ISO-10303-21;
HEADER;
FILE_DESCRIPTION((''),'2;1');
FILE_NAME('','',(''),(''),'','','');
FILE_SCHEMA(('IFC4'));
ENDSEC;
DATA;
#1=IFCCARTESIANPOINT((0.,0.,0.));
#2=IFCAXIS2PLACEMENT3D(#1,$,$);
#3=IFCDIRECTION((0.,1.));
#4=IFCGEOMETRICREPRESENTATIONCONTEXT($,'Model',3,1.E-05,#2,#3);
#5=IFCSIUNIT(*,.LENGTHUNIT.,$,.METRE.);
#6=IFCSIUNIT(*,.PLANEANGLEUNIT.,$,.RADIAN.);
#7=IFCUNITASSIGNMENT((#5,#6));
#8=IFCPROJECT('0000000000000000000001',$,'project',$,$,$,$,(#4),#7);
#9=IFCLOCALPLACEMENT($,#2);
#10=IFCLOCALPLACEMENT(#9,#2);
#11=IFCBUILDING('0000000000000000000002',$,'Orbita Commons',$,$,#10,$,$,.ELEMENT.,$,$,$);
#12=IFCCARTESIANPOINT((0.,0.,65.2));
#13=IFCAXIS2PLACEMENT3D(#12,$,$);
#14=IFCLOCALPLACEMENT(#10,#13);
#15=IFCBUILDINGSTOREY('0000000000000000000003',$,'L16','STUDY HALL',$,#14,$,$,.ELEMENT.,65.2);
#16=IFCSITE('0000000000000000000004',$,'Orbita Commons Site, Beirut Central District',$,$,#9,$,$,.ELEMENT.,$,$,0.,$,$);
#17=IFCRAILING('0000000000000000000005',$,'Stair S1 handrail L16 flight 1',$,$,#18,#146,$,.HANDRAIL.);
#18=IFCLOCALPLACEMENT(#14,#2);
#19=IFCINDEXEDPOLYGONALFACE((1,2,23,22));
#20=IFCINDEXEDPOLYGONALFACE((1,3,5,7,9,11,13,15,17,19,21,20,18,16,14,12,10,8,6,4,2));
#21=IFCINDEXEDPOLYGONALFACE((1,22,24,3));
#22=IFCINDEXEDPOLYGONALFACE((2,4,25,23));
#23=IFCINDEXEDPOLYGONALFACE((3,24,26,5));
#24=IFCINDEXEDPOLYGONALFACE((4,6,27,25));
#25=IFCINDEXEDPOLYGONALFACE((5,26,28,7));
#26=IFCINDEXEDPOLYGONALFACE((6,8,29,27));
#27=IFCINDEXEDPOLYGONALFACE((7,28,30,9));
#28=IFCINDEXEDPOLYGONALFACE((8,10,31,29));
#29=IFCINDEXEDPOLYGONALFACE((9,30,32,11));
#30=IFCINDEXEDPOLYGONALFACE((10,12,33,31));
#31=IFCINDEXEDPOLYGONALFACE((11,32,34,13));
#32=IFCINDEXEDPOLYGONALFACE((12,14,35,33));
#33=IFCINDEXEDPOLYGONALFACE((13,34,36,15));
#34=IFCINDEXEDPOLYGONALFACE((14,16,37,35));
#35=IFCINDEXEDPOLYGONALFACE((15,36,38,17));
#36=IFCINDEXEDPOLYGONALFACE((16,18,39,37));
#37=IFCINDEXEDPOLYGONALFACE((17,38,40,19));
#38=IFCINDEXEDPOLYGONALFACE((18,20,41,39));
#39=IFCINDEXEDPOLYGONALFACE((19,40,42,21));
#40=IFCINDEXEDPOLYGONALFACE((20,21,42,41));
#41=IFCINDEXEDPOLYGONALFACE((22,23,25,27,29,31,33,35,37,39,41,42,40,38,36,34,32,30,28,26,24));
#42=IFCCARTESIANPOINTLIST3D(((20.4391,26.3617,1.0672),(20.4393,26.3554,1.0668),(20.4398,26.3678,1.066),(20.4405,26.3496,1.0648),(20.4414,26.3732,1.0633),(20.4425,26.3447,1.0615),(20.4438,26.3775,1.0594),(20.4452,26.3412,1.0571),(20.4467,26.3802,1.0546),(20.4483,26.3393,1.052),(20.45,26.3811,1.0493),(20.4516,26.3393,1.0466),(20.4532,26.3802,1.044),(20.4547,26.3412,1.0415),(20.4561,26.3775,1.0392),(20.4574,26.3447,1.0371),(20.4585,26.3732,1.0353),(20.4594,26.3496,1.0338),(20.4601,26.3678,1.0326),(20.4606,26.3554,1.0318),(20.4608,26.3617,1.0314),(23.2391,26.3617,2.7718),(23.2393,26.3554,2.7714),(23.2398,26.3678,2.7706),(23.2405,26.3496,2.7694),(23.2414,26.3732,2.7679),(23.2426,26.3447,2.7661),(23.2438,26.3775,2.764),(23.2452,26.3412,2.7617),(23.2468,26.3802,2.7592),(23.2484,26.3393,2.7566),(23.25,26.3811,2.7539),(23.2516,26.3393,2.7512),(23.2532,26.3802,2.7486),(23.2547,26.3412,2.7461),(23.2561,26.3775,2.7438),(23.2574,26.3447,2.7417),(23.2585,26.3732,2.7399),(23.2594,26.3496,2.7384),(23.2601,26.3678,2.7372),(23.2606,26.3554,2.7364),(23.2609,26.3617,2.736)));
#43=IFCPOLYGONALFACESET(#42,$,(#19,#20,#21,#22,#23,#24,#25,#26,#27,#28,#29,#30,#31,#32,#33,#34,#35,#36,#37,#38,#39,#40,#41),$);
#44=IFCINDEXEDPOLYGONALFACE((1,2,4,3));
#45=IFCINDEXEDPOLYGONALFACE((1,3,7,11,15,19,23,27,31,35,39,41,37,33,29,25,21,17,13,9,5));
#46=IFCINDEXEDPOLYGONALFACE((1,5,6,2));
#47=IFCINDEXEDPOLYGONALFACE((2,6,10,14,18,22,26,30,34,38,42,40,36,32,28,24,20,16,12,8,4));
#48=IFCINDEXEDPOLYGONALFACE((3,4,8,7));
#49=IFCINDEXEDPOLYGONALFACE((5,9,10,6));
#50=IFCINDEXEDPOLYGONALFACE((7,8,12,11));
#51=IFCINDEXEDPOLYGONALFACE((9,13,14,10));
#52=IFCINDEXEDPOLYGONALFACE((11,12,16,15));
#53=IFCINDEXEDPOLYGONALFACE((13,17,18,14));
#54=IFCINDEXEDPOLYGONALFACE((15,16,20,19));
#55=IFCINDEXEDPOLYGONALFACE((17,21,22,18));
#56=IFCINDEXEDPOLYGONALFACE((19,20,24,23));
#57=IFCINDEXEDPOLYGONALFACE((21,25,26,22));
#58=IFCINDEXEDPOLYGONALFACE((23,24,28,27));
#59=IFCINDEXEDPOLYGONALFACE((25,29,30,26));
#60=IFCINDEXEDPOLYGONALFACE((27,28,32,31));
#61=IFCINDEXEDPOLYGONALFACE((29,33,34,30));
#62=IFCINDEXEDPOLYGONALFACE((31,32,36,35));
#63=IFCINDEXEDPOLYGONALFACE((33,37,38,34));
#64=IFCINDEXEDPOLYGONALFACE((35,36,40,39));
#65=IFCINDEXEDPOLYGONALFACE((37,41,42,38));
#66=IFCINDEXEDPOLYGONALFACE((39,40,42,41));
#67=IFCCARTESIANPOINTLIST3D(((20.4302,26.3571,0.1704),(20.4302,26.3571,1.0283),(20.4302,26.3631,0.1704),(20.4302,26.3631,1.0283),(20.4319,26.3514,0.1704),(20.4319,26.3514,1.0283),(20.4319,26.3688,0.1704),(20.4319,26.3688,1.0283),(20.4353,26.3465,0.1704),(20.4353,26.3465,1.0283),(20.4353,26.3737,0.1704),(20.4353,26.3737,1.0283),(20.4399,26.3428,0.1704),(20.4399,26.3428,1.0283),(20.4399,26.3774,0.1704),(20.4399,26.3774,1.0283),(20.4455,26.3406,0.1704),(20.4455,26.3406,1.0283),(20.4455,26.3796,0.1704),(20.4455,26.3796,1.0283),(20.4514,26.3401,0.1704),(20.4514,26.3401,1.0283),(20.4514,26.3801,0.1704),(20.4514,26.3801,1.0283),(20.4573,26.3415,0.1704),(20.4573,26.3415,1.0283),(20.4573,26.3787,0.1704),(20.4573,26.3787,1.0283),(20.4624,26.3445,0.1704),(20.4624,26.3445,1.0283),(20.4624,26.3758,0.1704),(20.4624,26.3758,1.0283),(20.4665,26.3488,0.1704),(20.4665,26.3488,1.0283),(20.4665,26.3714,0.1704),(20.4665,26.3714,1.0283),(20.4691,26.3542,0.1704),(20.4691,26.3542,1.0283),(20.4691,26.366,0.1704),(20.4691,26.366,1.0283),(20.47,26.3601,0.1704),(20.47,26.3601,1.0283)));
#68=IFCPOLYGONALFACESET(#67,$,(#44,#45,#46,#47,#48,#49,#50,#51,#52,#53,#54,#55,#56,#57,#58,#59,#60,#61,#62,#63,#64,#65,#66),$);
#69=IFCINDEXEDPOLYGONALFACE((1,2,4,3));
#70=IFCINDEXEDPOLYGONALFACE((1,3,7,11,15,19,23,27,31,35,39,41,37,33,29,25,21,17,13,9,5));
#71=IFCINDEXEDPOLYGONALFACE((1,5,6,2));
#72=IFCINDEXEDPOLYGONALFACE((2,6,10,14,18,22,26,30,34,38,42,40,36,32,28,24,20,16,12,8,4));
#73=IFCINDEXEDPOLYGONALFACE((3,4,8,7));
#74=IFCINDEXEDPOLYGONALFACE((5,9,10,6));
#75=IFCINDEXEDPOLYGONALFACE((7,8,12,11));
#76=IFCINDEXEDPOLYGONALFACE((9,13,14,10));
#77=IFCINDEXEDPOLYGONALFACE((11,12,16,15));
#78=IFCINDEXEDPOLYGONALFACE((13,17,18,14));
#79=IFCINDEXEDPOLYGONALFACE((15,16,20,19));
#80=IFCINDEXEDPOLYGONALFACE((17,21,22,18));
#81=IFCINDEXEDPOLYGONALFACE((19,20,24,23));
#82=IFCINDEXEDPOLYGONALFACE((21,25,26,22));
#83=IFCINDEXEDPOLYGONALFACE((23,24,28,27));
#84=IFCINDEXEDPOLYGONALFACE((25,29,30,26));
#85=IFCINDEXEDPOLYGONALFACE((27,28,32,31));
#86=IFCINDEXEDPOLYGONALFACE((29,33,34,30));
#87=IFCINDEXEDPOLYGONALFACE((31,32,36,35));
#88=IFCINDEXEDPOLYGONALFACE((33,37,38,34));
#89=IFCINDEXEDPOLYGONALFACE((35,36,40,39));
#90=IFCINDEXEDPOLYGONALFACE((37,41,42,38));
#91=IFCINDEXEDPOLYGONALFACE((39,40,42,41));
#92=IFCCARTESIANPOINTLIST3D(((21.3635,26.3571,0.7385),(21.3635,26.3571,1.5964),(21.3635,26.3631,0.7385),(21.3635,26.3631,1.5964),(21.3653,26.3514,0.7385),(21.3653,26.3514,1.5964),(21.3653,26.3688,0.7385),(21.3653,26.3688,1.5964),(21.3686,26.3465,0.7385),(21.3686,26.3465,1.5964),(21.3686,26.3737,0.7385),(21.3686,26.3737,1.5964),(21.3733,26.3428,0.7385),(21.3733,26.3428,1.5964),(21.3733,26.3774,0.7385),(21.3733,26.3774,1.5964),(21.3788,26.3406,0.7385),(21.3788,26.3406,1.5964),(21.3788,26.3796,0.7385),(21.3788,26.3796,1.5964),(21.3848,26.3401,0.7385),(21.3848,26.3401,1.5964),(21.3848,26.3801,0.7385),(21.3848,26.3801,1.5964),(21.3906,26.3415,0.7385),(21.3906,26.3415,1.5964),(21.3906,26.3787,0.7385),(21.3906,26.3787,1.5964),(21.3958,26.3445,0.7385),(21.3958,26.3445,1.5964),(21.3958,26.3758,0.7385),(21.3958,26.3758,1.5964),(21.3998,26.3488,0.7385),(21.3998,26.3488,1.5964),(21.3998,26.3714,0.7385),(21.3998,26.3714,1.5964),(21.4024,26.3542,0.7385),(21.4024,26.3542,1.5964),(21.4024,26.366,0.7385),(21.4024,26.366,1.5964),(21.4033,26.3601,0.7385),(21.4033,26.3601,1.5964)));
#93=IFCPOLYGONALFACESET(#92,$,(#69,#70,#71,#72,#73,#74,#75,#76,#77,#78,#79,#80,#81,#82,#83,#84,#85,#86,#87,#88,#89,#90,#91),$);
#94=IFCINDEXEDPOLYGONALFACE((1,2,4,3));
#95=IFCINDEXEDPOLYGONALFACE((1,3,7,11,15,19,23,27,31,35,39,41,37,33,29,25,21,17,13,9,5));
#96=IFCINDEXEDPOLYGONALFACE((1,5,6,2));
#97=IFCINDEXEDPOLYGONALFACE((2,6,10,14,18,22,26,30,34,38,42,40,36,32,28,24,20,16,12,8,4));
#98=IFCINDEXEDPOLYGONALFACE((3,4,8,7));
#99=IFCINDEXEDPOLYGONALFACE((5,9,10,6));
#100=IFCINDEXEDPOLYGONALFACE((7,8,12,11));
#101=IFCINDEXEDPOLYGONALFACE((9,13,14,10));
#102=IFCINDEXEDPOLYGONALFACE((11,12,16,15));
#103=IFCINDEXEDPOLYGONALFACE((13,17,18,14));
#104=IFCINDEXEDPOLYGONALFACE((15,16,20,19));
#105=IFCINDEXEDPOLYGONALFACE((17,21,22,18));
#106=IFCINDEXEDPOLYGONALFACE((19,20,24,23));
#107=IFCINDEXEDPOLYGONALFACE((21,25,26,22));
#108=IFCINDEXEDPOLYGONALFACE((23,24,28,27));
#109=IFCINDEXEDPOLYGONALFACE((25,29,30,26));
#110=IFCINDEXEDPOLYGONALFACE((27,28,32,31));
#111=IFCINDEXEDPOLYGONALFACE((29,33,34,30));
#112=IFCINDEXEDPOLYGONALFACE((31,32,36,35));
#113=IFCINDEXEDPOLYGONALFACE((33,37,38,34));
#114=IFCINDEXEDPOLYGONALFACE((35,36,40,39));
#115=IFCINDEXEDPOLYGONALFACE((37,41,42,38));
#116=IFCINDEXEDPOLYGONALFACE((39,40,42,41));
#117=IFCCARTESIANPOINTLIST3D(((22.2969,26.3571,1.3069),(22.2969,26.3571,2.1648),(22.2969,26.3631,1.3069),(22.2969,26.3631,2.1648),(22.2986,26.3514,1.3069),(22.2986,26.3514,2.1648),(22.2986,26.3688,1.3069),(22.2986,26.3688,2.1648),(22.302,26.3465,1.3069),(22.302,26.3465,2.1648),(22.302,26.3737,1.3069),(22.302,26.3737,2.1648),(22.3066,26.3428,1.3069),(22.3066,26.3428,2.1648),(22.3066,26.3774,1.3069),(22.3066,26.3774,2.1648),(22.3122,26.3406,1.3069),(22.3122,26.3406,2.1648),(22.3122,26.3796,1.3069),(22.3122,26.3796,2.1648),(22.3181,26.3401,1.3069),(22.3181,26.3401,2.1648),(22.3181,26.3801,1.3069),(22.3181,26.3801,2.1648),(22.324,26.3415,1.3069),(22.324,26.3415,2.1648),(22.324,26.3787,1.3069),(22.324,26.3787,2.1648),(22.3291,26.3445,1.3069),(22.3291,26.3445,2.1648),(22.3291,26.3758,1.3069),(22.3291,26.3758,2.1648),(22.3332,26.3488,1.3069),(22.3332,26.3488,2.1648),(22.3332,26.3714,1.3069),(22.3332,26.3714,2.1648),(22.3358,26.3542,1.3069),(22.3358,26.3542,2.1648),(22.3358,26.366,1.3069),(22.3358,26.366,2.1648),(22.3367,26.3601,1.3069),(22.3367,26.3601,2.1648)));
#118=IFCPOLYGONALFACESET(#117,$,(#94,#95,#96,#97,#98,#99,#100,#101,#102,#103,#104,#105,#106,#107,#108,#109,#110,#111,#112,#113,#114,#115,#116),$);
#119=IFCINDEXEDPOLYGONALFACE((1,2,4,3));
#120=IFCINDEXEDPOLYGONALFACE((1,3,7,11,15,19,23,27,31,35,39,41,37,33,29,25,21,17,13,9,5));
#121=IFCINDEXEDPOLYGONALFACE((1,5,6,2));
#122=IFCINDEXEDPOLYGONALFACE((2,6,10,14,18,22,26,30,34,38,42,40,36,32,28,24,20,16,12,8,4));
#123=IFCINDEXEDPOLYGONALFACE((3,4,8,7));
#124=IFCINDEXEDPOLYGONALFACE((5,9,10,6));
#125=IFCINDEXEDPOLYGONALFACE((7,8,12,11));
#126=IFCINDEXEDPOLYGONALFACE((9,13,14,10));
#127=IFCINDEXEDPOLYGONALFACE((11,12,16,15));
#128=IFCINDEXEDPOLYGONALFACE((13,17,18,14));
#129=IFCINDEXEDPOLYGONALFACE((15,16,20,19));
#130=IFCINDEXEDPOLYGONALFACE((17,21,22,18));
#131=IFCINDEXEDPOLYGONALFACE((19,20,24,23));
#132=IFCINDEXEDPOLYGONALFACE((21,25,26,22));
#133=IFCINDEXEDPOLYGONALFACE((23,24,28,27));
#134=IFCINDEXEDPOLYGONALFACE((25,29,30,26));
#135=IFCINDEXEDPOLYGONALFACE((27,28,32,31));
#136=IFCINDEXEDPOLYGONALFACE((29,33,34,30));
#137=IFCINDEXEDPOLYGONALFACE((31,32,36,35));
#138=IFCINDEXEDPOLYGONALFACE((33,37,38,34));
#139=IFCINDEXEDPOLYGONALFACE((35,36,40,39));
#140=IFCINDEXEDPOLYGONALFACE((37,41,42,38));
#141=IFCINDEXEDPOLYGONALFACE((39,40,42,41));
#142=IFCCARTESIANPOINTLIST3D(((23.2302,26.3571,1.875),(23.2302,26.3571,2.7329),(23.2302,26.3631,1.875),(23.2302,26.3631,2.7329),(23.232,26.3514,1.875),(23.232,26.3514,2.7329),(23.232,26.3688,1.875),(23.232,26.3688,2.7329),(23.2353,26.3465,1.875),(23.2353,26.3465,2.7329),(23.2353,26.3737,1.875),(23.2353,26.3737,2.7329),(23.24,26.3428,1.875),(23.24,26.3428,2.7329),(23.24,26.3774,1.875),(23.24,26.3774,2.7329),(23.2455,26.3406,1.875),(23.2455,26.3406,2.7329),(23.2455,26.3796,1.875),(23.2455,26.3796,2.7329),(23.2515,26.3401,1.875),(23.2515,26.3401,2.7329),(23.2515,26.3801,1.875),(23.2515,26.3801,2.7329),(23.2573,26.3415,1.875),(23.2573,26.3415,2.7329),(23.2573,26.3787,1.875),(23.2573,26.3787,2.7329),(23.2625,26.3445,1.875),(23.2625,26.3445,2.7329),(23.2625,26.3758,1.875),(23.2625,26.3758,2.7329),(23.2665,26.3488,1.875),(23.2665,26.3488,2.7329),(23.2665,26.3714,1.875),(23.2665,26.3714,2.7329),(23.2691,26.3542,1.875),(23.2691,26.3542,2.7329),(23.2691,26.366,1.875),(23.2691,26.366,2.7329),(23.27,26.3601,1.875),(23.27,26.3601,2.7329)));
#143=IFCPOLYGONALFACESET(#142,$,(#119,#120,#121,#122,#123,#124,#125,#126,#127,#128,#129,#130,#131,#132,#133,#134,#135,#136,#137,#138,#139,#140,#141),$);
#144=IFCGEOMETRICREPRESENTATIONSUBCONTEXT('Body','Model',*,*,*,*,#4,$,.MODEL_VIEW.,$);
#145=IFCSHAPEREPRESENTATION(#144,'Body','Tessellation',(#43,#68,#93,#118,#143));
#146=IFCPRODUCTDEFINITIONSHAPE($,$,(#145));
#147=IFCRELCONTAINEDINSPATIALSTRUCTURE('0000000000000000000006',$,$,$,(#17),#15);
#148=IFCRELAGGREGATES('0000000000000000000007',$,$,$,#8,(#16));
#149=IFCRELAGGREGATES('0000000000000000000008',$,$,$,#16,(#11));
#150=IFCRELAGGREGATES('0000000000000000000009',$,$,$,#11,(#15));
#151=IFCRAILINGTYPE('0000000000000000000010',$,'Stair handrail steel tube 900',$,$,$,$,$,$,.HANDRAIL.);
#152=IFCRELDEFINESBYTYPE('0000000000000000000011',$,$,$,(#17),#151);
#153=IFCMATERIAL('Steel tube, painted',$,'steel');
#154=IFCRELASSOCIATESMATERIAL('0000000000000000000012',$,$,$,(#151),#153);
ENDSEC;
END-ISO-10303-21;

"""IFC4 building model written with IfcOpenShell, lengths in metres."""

from ifc_helpers import new_model, si_unit, direction, frame, origin, origin_2d, place, context, subcontext, project, spatial, circle, extrude, material, type_object, element, save


model = new_model("IFC4")

# Units and contexts
model_context = context("Model", 3, precision=1e-05, world=origin(), true_north=direction((0.0, 1.0)))
body_context = subcontext(model_context, "Body", "Model", "MODEL_VIEW")
ifc_project = project(units=[si_unit("LENGTHUNIT", "METRE"), si_unit("PLANEANGLEUNIT", "RADIAN")], contexts=[model_context])

# Site, building, storey
site_placement = place(None, origin())
site = spatial("IfcSite", under=ifc_project, at=site_placement, Name="Orbita Commons Site, Beirut Central District", CompositionType="ELEMENT", RefElevation=0.0)
building_placement = place(site_placement, origin())
building = spatial("IfcBuilding", under=site, at=building_placement, Name="Orbita Commons", CompositionType="ELEMENT")
storey_placement = place(building_placement, frame((0.0, 0.0, 65.2)))
storey = spatial("IfcBuildingStorey", under=building, at=storey_placement, Name="L16", Description="STUDY HALL", CompositionType="ELEMENT", Elevation=65.2)

# Railing
ifc_material_1 = material(Name="Steel tube, painted", Category="steel")
railing_type = type_object("IfcRailingType", Name="Stair handrail steel tube 900", PredefinedType="HANDRAIL", material=ifc_material_1)
for number, where, name in (
    (1, (20.45, 26.3601, 0.1704), "Stair S1 handrail L16 flight 1"),
):
    element("IfcRailing", number, at=place(storey_placement, frame(where)), inside=storey, type_object=railing_type, Name=name, PredefinedType="HANDRAIL", context=body_context, shape_type="SweptSolid", body=[
        extrude(circle(Radius=0.021, at=origin_2d()), frame((0.0, 0.0, 0.8789), z_axis=(0.85417, 0.0, 0.519994), x_axis=(0.0, 1.0, 0.0)), (0.0, 0.0, 1.0), 3.2781),
        extrude(circle(Radius=0.02, at=origin_2d()), origin(), (0.0, 0.0, 1.0), 0.8579),
        extrude(circle(Radius=0.02, at=origin_2d()), frame((0.9333, 0.0, 0.5681)), (0.0, 0.0, 1.0), 0.8579),
        extrude(circle(Radius=0.02, at=origin_2d()), frame((1.8667, 0.0, 1.1365)), (0.0, 0.0, 1.0), 0.8579),
        extrude(circle(Radius=0.02, at=origin_2d()), frame((2.8, 0.0, 1.7046)), (0.0, 0.0, 1.0), 0.8579),
    ])

save(model, "model.ifc")
